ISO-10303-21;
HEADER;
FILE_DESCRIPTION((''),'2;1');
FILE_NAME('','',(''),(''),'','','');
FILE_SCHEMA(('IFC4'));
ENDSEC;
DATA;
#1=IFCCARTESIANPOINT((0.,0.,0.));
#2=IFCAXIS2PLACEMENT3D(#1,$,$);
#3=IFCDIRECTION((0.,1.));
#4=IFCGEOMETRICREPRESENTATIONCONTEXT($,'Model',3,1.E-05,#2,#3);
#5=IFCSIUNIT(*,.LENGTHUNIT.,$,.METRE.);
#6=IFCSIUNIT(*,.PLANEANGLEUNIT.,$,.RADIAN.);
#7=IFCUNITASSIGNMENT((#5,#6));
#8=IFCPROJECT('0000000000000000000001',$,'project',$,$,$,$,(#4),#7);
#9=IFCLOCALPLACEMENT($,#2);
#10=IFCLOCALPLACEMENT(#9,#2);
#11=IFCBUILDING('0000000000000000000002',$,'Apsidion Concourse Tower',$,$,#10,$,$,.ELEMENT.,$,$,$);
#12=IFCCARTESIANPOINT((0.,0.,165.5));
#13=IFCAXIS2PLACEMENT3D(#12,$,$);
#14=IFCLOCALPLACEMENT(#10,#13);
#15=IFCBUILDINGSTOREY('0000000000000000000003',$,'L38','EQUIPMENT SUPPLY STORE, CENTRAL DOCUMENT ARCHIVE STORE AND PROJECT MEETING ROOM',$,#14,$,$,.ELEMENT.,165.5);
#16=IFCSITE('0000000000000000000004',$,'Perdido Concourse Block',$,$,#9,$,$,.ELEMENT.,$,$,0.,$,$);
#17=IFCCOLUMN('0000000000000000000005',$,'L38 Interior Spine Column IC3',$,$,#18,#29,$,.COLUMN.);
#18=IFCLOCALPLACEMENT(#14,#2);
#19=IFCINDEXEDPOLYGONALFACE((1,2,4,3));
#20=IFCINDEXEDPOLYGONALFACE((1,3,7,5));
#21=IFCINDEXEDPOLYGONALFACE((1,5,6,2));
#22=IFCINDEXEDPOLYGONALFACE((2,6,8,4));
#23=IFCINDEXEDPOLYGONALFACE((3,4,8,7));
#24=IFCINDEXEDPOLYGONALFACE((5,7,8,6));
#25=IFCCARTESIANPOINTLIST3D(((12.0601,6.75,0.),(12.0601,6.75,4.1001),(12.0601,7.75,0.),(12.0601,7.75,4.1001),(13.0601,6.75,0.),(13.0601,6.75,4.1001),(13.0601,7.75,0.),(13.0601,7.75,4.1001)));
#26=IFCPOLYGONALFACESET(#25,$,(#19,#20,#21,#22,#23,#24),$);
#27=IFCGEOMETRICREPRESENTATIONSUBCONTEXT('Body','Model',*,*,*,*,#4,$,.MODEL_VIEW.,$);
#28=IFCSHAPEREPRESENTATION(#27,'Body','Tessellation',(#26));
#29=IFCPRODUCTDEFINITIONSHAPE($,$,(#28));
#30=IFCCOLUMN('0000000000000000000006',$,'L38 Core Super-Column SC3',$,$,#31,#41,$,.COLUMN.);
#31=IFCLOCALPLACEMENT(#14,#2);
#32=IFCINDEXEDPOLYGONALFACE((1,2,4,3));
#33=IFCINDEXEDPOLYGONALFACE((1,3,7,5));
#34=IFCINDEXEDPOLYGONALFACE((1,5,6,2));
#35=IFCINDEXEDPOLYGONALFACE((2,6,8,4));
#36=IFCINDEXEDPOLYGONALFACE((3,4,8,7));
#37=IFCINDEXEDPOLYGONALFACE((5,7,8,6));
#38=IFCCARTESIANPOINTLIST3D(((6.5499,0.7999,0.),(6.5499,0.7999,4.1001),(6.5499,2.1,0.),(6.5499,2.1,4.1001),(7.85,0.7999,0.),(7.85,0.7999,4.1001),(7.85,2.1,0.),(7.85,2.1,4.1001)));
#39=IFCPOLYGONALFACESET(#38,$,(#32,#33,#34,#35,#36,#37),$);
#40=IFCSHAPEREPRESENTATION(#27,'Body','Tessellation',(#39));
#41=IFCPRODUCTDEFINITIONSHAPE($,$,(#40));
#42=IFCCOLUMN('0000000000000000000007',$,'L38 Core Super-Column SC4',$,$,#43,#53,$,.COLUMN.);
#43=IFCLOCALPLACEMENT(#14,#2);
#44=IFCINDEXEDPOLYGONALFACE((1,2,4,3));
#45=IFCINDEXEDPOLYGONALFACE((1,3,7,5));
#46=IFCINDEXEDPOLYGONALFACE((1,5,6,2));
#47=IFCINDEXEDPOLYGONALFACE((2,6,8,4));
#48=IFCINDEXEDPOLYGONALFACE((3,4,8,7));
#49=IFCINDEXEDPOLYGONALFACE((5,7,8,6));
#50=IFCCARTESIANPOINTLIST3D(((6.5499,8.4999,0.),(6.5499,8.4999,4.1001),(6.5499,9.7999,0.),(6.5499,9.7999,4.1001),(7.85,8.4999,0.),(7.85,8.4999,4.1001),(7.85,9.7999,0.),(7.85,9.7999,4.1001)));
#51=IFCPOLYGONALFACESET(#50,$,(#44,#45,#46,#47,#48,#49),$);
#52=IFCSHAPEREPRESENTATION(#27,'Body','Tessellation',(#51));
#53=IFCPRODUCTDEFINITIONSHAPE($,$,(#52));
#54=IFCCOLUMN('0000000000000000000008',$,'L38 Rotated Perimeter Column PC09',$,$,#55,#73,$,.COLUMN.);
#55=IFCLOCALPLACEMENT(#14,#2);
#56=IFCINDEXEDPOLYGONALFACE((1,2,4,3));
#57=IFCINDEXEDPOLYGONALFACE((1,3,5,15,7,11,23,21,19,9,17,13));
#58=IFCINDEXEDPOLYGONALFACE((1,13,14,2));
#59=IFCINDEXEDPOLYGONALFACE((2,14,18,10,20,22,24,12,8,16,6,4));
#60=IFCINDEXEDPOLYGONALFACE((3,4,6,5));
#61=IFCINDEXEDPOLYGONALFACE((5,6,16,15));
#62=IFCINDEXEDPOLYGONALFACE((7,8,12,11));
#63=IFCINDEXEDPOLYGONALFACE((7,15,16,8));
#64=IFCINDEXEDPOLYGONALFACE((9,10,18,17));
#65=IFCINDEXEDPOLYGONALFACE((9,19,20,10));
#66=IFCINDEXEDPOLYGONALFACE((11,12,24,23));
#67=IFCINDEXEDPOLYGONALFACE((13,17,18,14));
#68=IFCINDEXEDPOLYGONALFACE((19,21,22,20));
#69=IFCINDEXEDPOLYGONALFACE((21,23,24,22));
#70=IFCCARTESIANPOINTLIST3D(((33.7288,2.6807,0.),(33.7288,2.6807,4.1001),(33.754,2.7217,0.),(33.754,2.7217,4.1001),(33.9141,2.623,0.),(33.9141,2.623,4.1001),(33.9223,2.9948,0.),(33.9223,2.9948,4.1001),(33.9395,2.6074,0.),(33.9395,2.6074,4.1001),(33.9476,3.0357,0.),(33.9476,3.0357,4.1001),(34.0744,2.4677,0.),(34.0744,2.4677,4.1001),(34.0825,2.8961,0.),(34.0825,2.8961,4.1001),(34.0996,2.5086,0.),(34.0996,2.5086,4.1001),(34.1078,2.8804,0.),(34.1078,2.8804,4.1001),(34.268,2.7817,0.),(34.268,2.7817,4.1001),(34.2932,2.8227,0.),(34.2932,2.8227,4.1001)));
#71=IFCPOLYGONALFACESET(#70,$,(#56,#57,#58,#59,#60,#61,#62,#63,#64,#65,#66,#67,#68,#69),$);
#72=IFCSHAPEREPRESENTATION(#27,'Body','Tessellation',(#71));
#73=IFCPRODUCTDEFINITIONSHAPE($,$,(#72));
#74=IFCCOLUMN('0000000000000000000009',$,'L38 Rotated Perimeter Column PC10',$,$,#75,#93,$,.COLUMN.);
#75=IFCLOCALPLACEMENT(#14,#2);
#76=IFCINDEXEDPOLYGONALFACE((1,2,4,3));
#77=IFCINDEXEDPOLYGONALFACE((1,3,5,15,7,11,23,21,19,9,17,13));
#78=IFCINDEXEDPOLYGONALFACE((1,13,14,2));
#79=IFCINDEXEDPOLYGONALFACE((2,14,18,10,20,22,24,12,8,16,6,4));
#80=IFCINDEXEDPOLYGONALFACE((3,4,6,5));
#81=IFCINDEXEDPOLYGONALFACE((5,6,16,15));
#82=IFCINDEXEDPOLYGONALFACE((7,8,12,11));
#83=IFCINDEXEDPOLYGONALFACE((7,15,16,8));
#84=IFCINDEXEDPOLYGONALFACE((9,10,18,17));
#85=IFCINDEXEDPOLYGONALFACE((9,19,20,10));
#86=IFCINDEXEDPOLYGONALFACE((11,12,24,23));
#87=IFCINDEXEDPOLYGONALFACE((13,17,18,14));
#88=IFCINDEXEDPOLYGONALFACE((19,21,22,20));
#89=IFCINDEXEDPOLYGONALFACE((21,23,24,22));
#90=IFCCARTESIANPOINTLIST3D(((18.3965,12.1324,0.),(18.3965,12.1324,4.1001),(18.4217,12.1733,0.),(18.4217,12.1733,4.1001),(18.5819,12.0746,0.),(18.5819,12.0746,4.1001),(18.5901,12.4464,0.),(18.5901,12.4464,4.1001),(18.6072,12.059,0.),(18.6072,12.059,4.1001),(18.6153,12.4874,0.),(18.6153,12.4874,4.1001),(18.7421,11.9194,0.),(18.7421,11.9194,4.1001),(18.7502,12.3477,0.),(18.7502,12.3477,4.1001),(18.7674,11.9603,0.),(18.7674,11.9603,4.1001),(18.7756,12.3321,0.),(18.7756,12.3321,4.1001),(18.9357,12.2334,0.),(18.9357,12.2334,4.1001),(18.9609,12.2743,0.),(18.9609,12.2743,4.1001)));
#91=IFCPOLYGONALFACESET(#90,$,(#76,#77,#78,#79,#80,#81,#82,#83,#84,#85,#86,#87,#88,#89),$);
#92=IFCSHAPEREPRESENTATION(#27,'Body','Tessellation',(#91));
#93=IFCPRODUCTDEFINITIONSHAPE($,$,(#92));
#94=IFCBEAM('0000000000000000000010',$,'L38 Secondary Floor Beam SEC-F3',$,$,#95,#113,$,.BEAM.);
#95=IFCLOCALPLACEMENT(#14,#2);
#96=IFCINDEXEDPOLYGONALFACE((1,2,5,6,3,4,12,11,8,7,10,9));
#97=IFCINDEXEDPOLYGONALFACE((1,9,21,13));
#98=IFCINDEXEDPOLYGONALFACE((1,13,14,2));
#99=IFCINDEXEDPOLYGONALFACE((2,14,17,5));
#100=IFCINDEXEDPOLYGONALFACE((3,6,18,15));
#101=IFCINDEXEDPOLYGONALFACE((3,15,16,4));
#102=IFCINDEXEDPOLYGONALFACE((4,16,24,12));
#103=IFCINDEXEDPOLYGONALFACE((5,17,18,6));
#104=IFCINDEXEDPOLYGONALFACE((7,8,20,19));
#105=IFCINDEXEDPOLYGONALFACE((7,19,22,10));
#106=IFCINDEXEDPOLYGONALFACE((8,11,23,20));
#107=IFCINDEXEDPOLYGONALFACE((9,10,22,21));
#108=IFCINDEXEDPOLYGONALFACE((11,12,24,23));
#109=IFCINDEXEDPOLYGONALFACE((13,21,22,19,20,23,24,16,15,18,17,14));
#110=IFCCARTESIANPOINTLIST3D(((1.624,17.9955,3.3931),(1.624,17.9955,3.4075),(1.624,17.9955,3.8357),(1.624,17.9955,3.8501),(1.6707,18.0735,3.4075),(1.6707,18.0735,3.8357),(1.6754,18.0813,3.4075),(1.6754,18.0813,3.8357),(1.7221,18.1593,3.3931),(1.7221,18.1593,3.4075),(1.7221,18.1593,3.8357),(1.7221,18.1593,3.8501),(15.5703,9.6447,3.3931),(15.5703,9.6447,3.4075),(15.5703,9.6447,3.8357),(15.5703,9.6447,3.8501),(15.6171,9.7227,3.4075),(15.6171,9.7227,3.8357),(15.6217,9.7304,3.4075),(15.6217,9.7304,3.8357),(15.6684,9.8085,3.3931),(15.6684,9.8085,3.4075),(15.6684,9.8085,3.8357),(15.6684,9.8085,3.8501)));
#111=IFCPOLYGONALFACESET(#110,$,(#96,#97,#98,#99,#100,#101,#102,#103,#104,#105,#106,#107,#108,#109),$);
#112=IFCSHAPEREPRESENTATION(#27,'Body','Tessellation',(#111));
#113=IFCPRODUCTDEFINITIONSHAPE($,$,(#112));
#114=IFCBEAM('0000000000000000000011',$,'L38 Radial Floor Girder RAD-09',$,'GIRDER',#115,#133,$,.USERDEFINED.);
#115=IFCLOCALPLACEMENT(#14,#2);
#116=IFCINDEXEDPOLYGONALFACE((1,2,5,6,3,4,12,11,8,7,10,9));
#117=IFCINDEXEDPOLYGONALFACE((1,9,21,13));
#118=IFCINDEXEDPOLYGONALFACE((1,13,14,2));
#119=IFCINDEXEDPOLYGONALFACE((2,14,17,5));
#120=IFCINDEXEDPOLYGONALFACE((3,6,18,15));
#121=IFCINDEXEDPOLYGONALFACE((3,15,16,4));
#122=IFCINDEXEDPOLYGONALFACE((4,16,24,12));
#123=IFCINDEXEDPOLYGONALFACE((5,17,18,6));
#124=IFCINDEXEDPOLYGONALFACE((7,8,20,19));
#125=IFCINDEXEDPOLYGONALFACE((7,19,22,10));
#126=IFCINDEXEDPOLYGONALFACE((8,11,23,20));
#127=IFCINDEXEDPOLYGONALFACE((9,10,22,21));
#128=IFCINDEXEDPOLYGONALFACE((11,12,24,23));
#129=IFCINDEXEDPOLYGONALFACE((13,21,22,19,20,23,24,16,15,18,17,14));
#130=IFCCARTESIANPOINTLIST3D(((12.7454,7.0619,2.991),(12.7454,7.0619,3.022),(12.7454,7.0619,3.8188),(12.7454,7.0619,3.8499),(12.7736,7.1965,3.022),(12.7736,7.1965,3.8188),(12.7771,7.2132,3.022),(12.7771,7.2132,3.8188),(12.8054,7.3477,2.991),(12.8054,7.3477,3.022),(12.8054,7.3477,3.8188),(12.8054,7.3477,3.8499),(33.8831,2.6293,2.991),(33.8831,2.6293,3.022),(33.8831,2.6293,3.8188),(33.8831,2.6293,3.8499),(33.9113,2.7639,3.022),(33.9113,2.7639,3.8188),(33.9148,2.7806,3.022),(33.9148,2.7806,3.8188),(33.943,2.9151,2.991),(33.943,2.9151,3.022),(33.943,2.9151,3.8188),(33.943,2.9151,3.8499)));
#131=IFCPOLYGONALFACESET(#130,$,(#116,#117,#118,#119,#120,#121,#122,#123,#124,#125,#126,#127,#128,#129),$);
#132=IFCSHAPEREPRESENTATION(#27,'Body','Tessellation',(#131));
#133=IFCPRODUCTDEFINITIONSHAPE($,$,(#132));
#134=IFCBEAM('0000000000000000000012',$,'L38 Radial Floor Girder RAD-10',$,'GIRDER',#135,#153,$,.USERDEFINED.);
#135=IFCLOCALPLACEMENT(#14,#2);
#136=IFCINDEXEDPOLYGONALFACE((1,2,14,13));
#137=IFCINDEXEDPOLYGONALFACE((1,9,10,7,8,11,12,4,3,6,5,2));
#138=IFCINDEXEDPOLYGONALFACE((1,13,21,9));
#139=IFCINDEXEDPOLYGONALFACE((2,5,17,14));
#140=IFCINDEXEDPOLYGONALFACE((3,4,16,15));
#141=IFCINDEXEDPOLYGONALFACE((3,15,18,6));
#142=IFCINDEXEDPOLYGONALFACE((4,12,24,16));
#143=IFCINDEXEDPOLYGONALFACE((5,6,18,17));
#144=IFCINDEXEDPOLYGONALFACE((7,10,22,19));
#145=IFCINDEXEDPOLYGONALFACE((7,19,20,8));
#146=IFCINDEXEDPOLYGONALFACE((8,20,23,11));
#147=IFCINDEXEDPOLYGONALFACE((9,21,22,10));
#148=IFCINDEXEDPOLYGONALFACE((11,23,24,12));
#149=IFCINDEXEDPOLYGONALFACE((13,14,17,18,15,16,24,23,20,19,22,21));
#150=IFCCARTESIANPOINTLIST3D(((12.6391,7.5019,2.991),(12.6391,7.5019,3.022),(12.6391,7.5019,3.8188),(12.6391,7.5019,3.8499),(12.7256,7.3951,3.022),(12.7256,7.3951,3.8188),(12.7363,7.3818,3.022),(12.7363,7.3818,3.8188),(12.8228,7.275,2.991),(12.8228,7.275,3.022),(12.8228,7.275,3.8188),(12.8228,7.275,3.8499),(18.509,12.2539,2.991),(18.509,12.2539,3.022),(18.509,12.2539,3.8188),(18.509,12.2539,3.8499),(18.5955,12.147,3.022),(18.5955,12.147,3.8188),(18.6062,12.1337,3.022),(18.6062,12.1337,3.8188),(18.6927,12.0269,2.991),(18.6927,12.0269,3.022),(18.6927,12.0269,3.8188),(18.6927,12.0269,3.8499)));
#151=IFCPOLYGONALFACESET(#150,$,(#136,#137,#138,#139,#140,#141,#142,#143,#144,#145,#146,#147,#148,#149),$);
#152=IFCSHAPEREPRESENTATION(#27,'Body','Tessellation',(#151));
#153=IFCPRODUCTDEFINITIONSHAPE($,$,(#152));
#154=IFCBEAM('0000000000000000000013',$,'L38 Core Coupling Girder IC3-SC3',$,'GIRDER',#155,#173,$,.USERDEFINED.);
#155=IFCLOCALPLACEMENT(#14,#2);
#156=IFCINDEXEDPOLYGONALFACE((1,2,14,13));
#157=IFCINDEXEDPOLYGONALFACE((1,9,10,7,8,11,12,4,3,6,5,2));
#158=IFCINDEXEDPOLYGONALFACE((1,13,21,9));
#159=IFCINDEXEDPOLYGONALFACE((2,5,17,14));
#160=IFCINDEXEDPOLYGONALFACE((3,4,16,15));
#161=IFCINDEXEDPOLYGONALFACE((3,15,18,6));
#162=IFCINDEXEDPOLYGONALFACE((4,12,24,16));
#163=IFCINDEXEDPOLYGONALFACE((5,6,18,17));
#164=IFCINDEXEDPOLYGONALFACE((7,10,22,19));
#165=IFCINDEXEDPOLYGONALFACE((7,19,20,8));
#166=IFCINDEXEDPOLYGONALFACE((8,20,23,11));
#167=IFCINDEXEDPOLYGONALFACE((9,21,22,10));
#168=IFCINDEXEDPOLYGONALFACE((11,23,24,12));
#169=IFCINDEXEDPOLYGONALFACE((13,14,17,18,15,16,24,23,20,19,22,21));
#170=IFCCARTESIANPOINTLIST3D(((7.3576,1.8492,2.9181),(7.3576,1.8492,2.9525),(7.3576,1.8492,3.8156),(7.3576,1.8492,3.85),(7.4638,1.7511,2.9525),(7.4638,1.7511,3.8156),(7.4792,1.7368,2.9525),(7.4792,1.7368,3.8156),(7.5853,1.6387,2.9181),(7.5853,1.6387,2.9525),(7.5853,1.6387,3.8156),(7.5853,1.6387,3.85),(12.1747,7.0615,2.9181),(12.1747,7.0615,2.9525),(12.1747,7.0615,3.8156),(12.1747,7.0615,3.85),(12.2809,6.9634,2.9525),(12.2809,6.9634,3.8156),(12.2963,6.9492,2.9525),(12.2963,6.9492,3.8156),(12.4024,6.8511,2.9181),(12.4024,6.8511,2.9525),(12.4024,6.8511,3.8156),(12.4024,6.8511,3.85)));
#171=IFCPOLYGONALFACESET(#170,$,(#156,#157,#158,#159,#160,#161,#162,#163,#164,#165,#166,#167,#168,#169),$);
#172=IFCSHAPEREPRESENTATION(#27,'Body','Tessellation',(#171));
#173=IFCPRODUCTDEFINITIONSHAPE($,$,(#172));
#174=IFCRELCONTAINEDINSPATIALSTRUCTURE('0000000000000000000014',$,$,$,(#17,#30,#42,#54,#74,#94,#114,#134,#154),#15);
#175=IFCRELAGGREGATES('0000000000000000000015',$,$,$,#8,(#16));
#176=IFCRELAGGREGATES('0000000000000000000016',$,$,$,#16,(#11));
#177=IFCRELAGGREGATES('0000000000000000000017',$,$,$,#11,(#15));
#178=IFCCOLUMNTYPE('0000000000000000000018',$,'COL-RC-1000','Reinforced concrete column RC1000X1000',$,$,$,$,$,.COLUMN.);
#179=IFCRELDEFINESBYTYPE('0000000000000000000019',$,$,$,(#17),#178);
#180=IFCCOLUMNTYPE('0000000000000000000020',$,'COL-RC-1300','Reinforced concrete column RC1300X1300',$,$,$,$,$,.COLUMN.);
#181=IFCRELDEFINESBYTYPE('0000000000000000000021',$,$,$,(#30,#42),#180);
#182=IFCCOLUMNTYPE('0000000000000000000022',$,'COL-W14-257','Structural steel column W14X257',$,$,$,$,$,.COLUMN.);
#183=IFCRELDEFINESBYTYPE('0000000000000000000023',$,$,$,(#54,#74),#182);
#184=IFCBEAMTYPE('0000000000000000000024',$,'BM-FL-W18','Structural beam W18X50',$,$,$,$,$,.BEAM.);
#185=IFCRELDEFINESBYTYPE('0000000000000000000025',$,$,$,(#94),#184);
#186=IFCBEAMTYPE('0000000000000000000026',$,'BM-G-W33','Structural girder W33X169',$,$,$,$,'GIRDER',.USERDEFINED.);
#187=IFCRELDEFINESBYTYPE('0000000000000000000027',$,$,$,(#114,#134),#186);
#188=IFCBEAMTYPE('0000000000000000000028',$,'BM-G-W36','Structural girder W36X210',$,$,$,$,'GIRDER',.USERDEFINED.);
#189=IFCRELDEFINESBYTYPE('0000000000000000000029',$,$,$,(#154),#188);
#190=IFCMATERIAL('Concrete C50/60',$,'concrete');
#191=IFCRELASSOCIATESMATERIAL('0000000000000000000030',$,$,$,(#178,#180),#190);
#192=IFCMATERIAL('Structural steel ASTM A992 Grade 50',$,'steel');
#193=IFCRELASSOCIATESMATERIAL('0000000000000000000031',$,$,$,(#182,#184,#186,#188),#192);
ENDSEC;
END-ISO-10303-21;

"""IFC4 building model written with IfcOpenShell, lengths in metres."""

from ifc_helpers import new_model, si_unit, direction, frame, origin, origin_2d, place, context, subcontext, project, spatial, rectangle, i_section, extrude, material, material_profile, profile_set, type_object, element, save


model = new_model("IFC4")

# Units and contexts
model_context = context("Model", 3, precision=1e-05, world=origin(), true_north=direction((0.0, 1.0)))
body_context = subcontext(model_context, "Body", "Model", "MODEL_VIEW")
ifc_project = project(units=[si_unit("LENGTHUNIT", "METRE"), si_unit("PLANEANGLEUNIT", "RADIAN")], contexts=[model_context])

# Site, building, storey
site_placement = place(None, origin())
site = spatial("IfcSite", under=ifc_project, at=site_placement, Name="Perdido Concourse Block", CompositionType="ELEMENT", RefElevation=0.0)
building_placement = place(site_placement, origin())
building = spatial("IfcBuilding", under=site, at=building_placement, Name="Apsidion Concourse Tower", CompositionType="ELEMENT")
storey_placement = place(building_placement, frame((0.0, 0.0, 165.5)))
storey = spatial("IfcBuildingStorey", under=building, at=storey_placement, Name="L38", Description="EQUIPMENT SUPPLY STORE, CENTRAL DOCUMENT ARCHIVE STORE AND PROJECT MEETING ROOM", CompositionType="ELEMENT", Elevation=165.5)

# Columns
ifc_material_1 = material(Name="Concrete C50/60", Category="concrete")
ifc_material_profile_1 = material_profile(ifc_material_1, rectangle(XDim=1.0, YDim=1.0, at=origin_2d()), Name="RC 1000x1000")
ifc_profile_set_1 = profile_set([ifc_material_profile_1], Name="Concrete C50/60")
column_type_1 = type_object("IfcColumnType", Name="COL-RC-1000", Description="Reinforced concrete column RC1000X1000", PredefinedType="COLUMN", material=ifc_profile_set_1)
column_placement = place(storey_placement, frame((12.5601, 7.25, 0.0), z_axis=(0.0, 0.0, 1.0), x_axis=(1.0, 0.0, 0.0)))
element("IfcColumn", 1, at=column_placement, inside=storey, type_object=column_type_1, Name="L38 Interior Spine Column IC3", PredefinedType="COLUMN", context=body_context, shape_type="SweptSolid", body=[
    extrude(rectangle(XDim=1.0, YDim=1.0, at=origin_2d()), origin(), (0.0, 0.0, 1.0), 4.1001),
])
ifc_material_profile_2 = material_profile(ifc_material_1, rectangle(XDim=1.3, YDim=1.3, at=origin_2d()), Name="RC 1300x1300")
ifc_profile_set_2 = profile_set([ifc_material_profile_2], Name="Concrete C50/60")
column_type_2 = type_object("IfcColumnType", Name="COL-RC-1300", Description="Reinforced concrete column RC1300X1300", PredefinedType="COLUMN", material=ifc_profile_set_2)
for number, where, z_axis, x_axis, name in (
    (2, (7.2, 1.45, 0.0), (0.0, 0.0, 1.0), (1.0, 0.0, 0.0), "L38 Core Super-Column SC3"),
    (3, (7.2, 9.1499, 0.0), (0.0, 0.0, 1.0), (1.0, 0.0, 0.0), "L38 Core Super-Column SC4"),
):
    element("IfcColumn", number, at=place(storey_placement, frame(where, z_axis=z_axis, x_axis=x_axis)), inside=storey, type_object=column_type_2, Name=name, PredefinedType="COLUMN", context=body_context, shape_type="SweptSolid", body=[
        extrude(rectangle(XDim=1.3, YDim=1.3, at=origin_2d()), origin(), (0.0, 0.0, 1.0), 4.1001),
    ])
ifc_material_2 = material(Name="Structural steel ASTM A992 Grade 50", Category="steel")
ifc_material_profile_3 = material_profile(ifc_material_2, i_section(OverallWidth=0.406, OverallDepth=0.417, WebThickness=0.0298, FlangeThickness=0.0481, at=origin_2d()), Name="W14X257")
ifc_profile_set_3 = profile_set([ifc_material_profile_3], Name="Structural steel ASTM A992 Grade 50")
column_type_3 = type_object("IfcColumnType", Name="COL-W14-257", Description="Structural steel column W14X257", PredefinedType="COLUMN", material=ifc_profile_set_3)
for number, where, z_axis, x_axis, name in (
    (4, (34.011, 2.7517, 0.0), (0.0, 0.0, 1.0), (-0.851269, 0.524729, 0.0), "L38 Rotated Perimeter Column PC09"),
    (5, (18.6787, 12.2034, 0.0), (0.0, 0.0, 1.0), (-0.851269, 0.524729, 0.0), "L38 Rotated Perimeter Column PC10"),
):
    element("IfcColumn", number, at=place(storey_placement, frame(where, z_axis=z_axis, x_axis=x_axis)), inside=storey, type_object=column_type_3, Name=name, PredefinedType="COLUMN", context=body_context, shape_type="SweptSolid", body=[
        extrude(i_section(OverallWidth=0.406, OverallDepth=0.417, WebThickness=0.0298, FlangeThickness=0.0481, at=origin_2d()), origin(), (0.0, 0.0, 1.0), 4.1001),
    ])

# Beams
ifc_material_profile_4 = material_profile(ifc_material_2, i_section(OverallWidth=0.1909, OverallDepth=0.457, WebThickness=0.009, FlangeThickness=0.0144, at=origin_2d()), Name="W18X50")
ifc_profile_set_4 = profile_set([ifc_material_profile_4], Name="Structural steel ASTM A992 Grade 50")
beam_type_1 = type_object("IfcBeamType", Name="BM-FL-W18", Description="Structural beam W18X50", PredefinedType="BEAM", material=ifc_profile_set_4)
beam_1_placement = place(storey_placement, frame((15.6194, 9.7266, 3.6216), z_axis=(-0.857952, 0.513729, 0.0), x_axis=(-0.513729, -0.857952, 0.0)))
element("IfcBeam", 6, at=beam_1_placement, inside=storey, type_object=beam_type_1, Name="L38 Secondary Floor Beam SEC-F3", PredefinedType="BEAM", context=body_context, shape_type="SweptSolid", body=[
    extrude(i_section(OverallWidth=0.1909, OverallDepth=0.457, WebThickness=0.009, FlangeThickness=0.0144, at=origin_2d()), origin(), (0.0, 0.0, 1.0), 16.2554),
])
ifc_material_profile_5 = material_profile(ifc_material_2, i_section(OverallWidth=0.292, OverallDepth=0.8589, WebThickness=0.0171, FlangeThickness=0.031, at=origin_2d()), Name="W33X169")
ifc_profile_set_5 = profile_set([ifc_material_profile_5], Name="Structural steel ASTM A992 Grade 50")
beam_type_2 = type_object("IfcBeamType", Name="BM-G-W33", Description="Structural girder W33X169", ElementType="GIRDER", PredefinedType="USERDEFINED", material=ifc_profile_set_5)
beam_2_placement = place(storey_placement, frame((12.7754, 7.2048, 3.4204), z_axis=(0.978712, -0.205238, 0.0), x_axis=(0.205238, 0.978712, 0.0)))
element("IfcBeam", 7, at=beam_2_placement, inside=storey, type_object=beam_type_2, Name="L38 Radial Floor Girder RAD-09", ObjectType="GIRDER", PredefinedType="USERDEFINED", context=body_context, shape_type="SweptSolid", body=[
    extrude(i_section(OverallWidth=0.292, OverallDepth=0.8589, WebThickness=0.0171, FlangeThickness=0.031, at=origin_2d()), origin(), (0.0, 0.0, 1.0), 21.5974),
])
beam_3_placement = place(storey_placement, frame((12.731, 7.3884, 3.4204), z_axis=(0.777235, 0.62921, 0.0), x_axis=(-0.62921, 0.777235, 0.0)))
element("IfcBeam", 8, at=beam_3_placement, inside=storey, type_object=beam_type_2, Name="L38 Radial Floor Girder RAD-10", ObjectType="GIRDER", PredefinedType="USERDEFINED", context=body_context, shape_type="SweptSolid", body=[
    extrude(i_section(OverallWidth=0.292, OverallDepth=0.8589, WebThickness=0.0171, FlangeThickness=0.031, at=origin_2d()), origin(), (0.0, 0.0, 1.0), 7.5522),
])
ifc_material_profile_6 = material_profile(ifc_material_2, i_section(OverallWidth=0.3101, OverallDepth=0.9319, WebThickness=0.021, FlangeThickness=0.0344, at=origin_2d()), Name="W36X210")
ifc_profile_set_6 = profile_set([ifc_material_profile_6], Name="Structural steel ASTM A992 Grade 50")
beam_type_3 = type_object("IfcBeamType", Name="BM-G-W36", Description="Structural girder W36X210", ElementType="GIRDER", PredefinedType="USERDEFINED", material=ifc_profile_set_6)
beam_4_placement = place(storey_placement, frame((12.2886, 6.9563, 3.384), z_axis=(-0.678713, -0.734404, 0.0), x_axis=(0.734404, -0.678713, 0.0)))
element("IfcBeam", 9, at=beam_4_placement, inside=storey, type_object=beam_type_3, Name="L38 Core Coupling Girder IC3-SC3", ObjectType="GIRDER", PredefinedType="USERDEFINED", context=body_context, shape_type="SweptSolid", body=[
    extrude(i_section(OverallWidth=0.3101, OverallDepth=0.9319, WebThickness=0.021, FlangeThickness=0.0344, at=origin_2d()), origin(), (0.0, 0.0, 1.0), 7.0974),
])

save(model, "model.ifc")
